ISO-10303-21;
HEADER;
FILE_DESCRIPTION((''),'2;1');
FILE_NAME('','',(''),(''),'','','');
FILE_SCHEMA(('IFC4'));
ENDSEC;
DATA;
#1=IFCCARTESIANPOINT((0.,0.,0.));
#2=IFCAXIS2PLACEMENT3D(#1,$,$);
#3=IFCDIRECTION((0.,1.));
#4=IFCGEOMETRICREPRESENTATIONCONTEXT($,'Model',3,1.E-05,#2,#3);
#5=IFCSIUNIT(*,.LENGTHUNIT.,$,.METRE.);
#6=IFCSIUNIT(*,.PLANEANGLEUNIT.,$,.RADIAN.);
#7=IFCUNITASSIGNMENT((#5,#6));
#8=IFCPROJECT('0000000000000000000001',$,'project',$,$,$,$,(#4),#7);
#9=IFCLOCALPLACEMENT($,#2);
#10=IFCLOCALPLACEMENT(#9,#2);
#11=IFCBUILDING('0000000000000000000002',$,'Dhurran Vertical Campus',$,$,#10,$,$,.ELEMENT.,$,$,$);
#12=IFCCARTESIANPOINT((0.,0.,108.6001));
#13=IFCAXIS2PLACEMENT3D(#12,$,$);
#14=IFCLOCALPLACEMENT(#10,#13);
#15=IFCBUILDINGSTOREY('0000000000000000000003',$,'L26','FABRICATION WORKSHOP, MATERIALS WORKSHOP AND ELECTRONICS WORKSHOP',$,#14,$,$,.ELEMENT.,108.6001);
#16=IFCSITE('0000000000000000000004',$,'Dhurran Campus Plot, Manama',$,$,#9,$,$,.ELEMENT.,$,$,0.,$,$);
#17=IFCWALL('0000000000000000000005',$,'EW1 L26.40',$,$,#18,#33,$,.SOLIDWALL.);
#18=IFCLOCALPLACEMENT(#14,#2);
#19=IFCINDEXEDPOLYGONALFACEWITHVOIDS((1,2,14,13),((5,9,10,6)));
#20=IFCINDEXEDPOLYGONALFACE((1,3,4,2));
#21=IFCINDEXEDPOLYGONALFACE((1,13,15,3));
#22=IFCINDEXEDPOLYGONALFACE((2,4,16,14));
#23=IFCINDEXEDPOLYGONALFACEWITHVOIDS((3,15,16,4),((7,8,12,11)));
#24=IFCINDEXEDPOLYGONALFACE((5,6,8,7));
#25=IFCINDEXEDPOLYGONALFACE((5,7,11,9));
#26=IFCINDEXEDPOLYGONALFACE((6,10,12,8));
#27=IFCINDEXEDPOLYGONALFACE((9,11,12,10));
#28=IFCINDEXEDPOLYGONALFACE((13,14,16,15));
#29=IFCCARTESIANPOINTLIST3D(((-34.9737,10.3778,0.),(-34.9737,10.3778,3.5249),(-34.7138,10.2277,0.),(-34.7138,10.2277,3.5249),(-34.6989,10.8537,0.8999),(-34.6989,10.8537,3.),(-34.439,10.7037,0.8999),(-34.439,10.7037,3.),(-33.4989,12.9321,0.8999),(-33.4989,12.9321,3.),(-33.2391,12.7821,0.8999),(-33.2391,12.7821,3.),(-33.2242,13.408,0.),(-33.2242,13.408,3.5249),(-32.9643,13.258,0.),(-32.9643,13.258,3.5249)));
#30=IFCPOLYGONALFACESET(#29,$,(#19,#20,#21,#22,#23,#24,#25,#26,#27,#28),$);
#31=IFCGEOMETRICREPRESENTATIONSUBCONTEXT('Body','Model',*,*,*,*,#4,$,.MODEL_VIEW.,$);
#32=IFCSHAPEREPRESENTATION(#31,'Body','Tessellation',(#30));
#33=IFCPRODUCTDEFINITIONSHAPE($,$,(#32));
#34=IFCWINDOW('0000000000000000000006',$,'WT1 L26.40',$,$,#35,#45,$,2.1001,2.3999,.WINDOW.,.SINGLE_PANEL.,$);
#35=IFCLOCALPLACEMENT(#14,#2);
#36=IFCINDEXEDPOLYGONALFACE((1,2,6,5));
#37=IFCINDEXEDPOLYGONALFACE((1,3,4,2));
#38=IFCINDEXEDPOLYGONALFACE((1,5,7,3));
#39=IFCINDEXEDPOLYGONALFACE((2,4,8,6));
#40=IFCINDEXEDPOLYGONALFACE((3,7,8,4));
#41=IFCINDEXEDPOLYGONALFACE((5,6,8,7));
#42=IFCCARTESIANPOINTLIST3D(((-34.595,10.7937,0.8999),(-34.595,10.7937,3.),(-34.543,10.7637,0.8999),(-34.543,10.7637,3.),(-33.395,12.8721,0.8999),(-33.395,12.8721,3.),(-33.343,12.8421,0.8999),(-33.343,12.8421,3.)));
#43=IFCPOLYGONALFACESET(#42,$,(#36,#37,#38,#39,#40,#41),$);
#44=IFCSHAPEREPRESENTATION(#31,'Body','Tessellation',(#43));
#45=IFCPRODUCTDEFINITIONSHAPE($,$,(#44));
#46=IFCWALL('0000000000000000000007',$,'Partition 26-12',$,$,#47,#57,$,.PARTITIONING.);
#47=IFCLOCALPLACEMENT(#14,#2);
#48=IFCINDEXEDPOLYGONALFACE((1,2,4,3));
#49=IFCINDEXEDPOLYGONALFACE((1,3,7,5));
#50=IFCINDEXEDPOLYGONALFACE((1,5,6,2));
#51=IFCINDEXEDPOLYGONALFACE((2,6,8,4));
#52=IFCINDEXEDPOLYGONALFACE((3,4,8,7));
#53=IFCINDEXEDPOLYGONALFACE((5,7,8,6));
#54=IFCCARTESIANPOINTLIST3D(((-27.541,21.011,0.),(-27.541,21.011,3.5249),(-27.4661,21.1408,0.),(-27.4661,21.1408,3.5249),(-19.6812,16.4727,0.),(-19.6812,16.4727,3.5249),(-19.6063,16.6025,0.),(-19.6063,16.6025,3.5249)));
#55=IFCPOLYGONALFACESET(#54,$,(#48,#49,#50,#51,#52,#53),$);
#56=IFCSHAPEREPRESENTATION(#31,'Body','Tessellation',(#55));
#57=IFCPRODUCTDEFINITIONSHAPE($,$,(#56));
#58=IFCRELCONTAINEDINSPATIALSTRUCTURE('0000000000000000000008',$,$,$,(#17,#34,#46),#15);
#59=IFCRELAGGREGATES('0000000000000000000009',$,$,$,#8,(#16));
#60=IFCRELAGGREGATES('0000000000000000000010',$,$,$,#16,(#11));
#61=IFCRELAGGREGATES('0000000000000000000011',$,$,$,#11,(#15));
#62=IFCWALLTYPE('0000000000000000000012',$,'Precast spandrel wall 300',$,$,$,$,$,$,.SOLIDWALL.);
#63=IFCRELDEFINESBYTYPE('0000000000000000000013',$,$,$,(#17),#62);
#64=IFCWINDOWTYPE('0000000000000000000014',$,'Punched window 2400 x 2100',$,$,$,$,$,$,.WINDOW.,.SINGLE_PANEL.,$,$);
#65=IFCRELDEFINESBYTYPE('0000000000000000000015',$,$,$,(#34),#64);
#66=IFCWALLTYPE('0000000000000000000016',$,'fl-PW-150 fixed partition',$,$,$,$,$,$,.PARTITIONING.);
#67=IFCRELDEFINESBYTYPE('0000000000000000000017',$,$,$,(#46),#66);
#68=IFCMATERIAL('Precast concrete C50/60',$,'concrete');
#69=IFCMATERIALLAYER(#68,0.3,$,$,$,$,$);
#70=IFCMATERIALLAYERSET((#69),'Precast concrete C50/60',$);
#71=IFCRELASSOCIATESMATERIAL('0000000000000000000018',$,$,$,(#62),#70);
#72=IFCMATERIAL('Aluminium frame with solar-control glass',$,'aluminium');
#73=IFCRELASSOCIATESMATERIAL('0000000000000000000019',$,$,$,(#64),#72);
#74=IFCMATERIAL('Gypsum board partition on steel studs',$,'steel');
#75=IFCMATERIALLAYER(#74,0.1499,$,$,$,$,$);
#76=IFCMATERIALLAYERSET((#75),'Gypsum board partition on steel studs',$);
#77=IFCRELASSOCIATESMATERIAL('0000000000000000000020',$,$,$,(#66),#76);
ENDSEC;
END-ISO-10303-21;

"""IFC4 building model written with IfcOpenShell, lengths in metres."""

from ifc_helpers import new_model, si_unit, direction, frame, frame_2d, origin, place, context, subcontext, project, spatial, rectangle, extrude, material, layer, layer_set, type_object, element, fill, save


model = new_model("IFC4")

# Units and contexts
model_context = context("Model", 3, precision=1e-05, world=origin(), true_north=direction((0.0, 1.0)))
body_context = subcontext(model_context, "Body", "Model", "MODEL_VIEW")
ifc_project = project(units=[si_unit("LENGTHUNIT", "METRE"), si_unit("PLANEANGLEUNIT", "RADIAN")], contexts=[model_context])

# Site, building, storey
site_placement = place(None, origin())
site = spatial("IfcSite", under=ifc_project, at=site_placement, Name="Dhurran Campus Plot, Manama", CompositionType="ELEMENT", RefElevation=0.0)
building_placement = place(site_placement, origin())
building = spatial("IfcBuilding", under=site, at=building_placement, Name="Dhurran Vertical Campus", CompositionType="ELEMENT")
storey_placement = place(building_placement, frame((0.0, 0.0, 108.6001)))
storey = spatial("IfcBuildingStorey", under=building, at=storey_placement, Name="L26", Description="FABRICATION WORKSHOP, MATERIALS WORKSHOP AND ELECTRONICS WORKSHOP", CompositionType="ELEMENT", Elevation=108.6001)

# Wall, opening, window
ifc_material_1 = material(Name="Precast concrete C50/60", Category="concrete")
ifc_layer_1 = layer(ifc_material_1, 0.3)
ifc_layer_set_1 = layer_set([ifc_layer_1], Name="Precast concrete C50/60")
wall_type_1 = type_object("IfcWallType", Name="Precast spandrel wall 300", PredefinedType="SOLIDWALL", material=ifc_layer_set_1)
ifc_material_2 = material(Name="Aluminium frame with solar-control glass", Category="aluminium")
window_type = type_object("IfcWindowType", Name="Punched window 2400 x 2100", PartitioningType="SINGLE_PANEL", PredefinedType="WINDOW", material=ifc_material_2)
wall_1_placement = place(storey_placement, frame((-33.0942, 13.333, 0.0), z_axis=(0.0, 0.0, 1.0), x_axis=(-0.499996, -0.866028, 0.0)))
wall_1 = element("IfcWall", 1, at=wall_1_placement, inside=storey, type_object=wall_type_1, Name="EW1 L26.40", PredefinedType="SOLIDWALL", context=body_context, shape_type="SweptSolid", body=[
    extrude(rectangle(XDim=3.499, YDim=0.3, at=frame_2d((1.7495, 0.0))), origin(), (0.0, 0.0, 1.0), 3.5249),
])
opening_1_placement = place(wall_1_placement, frame((0.5496, 0.0, 0.8999)))
opening_1 = element("IfcOpeningElement", 2, at=opening_1_placement, cuts=wall_1, PredefinedType="OPENING", context=body_context, shape_type="SweptSolid", body=[
    extrude(rectangle(XDim=2.3999, YDim=2.1001, at=frame_2d((1.2, 1.05))), frame((0.0, 0.1599, 0.0), z_axis=(0.0, -1.0, 0.0), x_axis=(1.0, 0.0, 0.0)), (0.0, 0.0, 1.0), 0.3201),
])
window_1_placement = place(opening_1_placement, origin())
window_1 = element("IfcWindow", 3, at=window_1_placement, inside=storey, type_object=window_type, Name="WT1 L26.40", OverallHeight=2.1001, OverallWidth=2.3999, PartitioningType="SINGLE_PANEL", PredefinedType="WINDOW", context=body_context, shape_type="SweptSolid", body=[
    extrude(rectangle(XDim=2.3999, YDim=2.1001, at=frame_2d((1.2, 1.05))), frame((0.0, 0.03, 0.0), z_axis=(0.0, -1.0, 0.0), x_axis=(1.0, 0.0, 0.0)), (0.0, 0.0, 1.0), 0.0601),
])
fill(opening_1, window_1)

# Wall
ifc_material_3 = material(Name="Gypsum board partition on steel studs", Category="steel")
ifc_layer_2 = layer(ifc_material_3, 0.1499)
ifc_layer_set_2 = layer_set([ifc_layer_2], Name="Gypsum board partition on steel studs")
wall_type_2 = type_object("IfcWallType", Name="fl-PW-150 fixed partition", PredefinedType="PARTITIONING", material=ifc_layer_set_2)
wall_2_placement = place(storey_placement, frame((-27.5037, 21.0759, 0.0), z_axis=(0.0, 0.0, 1.0), x_axis=(0.866005, -0.500036, 0.0)))
element("IfcWall", 4, at=wall_2_placement, inside=storey, type_object=wall_type_2, Name="Partition 26-12", PredefinedType="PARTITIONING", context=body_context, shape_type="SweptSolid", body=[
    extrude(rectangle(XDim=9.0759, YDim=0.1499, at=frame_2d((4.5381, 0.0))), origin(), (0.0, 0.0, 1.0), 3.5249),
])

save(model, "model.ifc")
